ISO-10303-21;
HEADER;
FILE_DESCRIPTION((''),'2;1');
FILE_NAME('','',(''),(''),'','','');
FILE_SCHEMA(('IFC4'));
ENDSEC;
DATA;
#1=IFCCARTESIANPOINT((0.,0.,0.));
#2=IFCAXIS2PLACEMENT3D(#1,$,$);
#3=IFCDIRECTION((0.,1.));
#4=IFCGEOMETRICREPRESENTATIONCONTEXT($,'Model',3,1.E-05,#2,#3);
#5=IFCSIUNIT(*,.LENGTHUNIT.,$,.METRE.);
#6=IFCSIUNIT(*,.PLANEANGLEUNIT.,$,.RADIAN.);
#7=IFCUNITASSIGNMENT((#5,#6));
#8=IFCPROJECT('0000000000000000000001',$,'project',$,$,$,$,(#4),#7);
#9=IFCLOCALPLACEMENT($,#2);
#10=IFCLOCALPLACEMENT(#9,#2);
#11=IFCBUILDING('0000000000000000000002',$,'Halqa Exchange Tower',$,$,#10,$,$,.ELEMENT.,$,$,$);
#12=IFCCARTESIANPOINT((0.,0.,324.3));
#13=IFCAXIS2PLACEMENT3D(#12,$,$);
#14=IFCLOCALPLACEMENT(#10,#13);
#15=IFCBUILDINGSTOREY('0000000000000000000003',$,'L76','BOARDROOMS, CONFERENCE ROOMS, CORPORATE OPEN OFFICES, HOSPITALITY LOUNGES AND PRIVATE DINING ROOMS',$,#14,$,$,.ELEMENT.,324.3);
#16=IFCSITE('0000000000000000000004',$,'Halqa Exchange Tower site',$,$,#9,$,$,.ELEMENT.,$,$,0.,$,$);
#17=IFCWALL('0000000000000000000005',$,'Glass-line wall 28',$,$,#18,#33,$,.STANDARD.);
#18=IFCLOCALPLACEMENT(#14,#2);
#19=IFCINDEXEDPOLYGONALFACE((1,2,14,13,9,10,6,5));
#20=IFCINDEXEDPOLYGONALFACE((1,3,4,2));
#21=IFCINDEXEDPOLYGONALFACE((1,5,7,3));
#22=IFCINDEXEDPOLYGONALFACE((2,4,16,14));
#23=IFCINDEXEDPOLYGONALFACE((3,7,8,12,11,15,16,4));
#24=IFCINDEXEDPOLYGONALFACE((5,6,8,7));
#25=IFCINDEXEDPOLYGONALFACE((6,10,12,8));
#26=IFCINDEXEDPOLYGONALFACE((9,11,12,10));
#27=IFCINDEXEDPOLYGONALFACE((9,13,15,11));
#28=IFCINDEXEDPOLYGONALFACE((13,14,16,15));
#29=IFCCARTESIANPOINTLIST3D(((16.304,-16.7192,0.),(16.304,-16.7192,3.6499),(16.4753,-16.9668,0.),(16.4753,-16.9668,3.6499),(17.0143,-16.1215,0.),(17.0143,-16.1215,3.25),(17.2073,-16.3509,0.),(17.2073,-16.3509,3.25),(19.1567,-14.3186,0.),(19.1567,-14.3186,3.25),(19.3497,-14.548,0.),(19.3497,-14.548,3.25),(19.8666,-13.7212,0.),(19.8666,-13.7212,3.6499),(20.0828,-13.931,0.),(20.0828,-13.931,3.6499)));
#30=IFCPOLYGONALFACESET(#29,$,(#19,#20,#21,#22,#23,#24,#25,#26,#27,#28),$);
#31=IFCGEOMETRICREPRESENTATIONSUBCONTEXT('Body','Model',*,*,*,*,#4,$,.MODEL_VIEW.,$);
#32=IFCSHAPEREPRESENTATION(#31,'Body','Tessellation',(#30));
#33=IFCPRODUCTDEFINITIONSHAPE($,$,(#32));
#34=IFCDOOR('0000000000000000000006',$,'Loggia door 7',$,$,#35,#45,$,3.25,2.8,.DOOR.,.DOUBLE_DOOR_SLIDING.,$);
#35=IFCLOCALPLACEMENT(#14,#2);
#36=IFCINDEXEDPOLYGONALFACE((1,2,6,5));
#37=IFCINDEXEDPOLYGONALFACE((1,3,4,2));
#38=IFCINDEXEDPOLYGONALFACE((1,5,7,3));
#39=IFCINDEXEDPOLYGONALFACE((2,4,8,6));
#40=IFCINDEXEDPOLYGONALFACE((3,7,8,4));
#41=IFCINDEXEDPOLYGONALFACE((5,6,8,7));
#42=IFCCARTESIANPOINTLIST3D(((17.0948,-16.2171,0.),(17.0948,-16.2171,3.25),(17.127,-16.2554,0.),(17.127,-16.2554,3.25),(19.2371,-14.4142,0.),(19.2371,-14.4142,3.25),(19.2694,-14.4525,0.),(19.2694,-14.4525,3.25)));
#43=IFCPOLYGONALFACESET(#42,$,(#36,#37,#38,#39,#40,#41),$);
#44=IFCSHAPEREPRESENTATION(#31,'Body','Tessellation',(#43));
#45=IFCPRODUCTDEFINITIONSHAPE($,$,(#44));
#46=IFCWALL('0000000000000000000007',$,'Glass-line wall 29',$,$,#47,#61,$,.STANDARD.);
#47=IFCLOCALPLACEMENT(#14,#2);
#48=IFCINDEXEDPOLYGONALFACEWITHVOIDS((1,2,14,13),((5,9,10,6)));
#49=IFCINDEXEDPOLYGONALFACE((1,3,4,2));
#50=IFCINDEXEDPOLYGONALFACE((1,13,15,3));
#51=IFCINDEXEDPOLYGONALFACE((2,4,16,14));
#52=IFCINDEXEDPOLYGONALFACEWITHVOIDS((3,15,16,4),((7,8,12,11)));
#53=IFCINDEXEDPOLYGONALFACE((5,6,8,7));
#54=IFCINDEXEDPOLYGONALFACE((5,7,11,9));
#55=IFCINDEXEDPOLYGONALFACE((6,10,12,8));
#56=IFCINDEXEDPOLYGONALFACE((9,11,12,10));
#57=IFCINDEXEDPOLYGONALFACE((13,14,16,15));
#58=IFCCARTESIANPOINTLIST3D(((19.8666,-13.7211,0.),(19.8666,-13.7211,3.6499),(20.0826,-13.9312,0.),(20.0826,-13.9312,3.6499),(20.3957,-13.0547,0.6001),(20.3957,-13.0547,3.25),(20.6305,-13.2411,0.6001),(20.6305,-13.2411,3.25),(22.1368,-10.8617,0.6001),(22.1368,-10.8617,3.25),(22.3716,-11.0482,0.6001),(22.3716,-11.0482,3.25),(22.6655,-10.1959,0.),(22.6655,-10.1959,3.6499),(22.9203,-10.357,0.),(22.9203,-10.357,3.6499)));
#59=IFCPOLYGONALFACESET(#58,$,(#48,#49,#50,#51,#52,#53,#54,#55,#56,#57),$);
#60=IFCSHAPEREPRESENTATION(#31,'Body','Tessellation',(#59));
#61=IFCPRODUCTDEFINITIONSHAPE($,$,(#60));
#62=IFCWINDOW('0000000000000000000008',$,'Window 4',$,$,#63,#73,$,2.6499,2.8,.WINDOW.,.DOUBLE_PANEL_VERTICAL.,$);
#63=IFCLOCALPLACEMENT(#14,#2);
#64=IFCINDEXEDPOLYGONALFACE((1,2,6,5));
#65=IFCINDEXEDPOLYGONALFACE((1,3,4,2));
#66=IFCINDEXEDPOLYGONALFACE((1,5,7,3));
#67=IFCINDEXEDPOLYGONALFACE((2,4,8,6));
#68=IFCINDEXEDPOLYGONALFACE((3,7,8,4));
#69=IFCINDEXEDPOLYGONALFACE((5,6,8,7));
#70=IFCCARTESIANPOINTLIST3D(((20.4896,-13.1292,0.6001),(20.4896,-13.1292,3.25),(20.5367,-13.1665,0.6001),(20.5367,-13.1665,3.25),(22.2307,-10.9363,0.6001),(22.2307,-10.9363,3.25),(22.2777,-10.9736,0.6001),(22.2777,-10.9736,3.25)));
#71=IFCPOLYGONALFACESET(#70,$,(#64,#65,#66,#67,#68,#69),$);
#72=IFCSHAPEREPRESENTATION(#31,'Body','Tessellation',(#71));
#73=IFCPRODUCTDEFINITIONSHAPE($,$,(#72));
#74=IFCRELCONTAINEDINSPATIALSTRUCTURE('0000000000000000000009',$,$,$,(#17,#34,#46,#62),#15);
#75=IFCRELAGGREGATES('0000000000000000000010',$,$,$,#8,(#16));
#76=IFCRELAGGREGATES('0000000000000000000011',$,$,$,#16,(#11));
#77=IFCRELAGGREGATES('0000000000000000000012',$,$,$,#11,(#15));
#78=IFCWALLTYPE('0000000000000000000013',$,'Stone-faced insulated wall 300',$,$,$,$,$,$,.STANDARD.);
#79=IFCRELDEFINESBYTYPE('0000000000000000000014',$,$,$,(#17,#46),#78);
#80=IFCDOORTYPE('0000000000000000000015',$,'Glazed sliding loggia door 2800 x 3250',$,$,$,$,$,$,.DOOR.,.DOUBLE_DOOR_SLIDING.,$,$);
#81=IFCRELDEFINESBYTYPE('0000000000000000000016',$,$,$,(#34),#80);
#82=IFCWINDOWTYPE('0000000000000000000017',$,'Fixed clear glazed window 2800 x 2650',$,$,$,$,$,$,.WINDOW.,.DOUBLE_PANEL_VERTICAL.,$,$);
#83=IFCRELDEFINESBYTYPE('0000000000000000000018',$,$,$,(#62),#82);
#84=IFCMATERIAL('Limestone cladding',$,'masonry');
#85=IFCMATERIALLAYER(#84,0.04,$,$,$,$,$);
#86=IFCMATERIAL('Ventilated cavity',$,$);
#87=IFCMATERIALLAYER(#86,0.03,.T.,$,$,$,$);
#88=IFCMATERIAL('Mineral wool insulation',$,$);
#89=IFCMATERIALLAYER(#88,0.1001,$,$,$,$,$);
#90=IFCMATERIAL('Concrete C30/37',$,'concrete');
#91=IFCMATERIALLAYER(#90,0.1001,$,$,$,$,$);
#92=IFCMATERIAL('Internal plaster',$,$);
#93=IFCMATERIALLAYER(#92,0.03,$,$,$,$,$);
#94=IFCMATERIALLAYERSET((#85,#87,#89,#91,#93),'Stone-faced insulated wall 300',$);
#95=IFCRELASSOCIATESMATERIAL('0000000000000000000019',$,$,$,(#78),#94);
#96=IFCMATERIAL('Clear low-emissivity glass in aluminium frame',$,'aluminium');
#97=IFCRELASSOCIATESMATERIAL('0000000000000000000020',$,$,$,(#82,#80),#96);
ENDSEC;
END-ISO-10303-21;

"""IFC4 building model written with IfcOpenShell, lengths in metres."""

from ifc_helpers import new_model, si_unit, direction, frame, frame_2d, origin, place, context, subcontext, project, spatial, polyline, rectangle, outline, extrude, material, layer, layer_set, type_object, element, fill, save


model = new_model("IFC4")

# Units and contexts
model_context = context("Model", 3, precision=1e-05, world=origin(), true_north=direction((0.0, 1.0)))
body_context = subcontext(model_context, "Body", "Model", "MODEL_VIEW")
ifc_project = project(units=[si_unit("LENGTHUNIT", "METRE"), si_unit("PLANEANGLEUNIT", "RADIAN")], contexts=[model_context])

# Site, building, storey
site_placement = place(None, origin())
site = spatial("IfcSite", under=ifc_project, at=site_placement, Name="Halqa Exchange Tower site", CompositionType="ELEMENT", RefElevation=0.0)
building_placement = place(site_placement, origin())
building = spatial("IfcBuilding", under=site, at=building_placement, Name="Halqa Exchange Tower", CompositionType="ELEMENT")
storey_placement = place(building_placement, frame((0.0, 0.0, 324.3)))
storey = spatial("IfcBuildingStorey", under=building, at=storey_placement, Name="L76", Description="BOARDROOMS, CONFERENCE ROOMS, CORPORATE OPEN OFFICES, HOSPITALITY LOUNGES AND PRIVATE DINING ROOMS", CompositionType="ELEMENT", Elevation=324.3)

# Shared definitions
ifc_material_1 = material(Name="Limestone cladding", Category="masonry")
ifc_layer_1 = layer(ifc_material_1, 0.04)
ifc_material_2 = material(Name="Ventilated cavity")
ifc_layer_2 = layer(ifc_material_2, 0.03, ventilated=True)
ifc_material_3 = material(Name="Mineral wool insulation")
ifc_layer_3 = layer(ifc_material_3, 0.1001)
ifc_material_4 = material(Name="Concrete C30/37", Category="concrete")
ifc_layer_4 = layer(ifc_material_4, 0.1001)
ifc_material_5 = material(Name="Internal plaster")
ifc_layer_5 = layer(ifc_material_5, 0.03)
ifc_layer_set_1 = layer_set([ifc_layer_1, ifc_layer_2, ifc_layer_3, ifc_layer_4, ifc_layer_5], Name="Stone-faced insulated wall 300")
wall_type_1 = type_object("IfcWallType", Name="Stone-faced insulated wall 300", PredefinedType="STANDARD", material=ifc_layer_set_1)
ifc_material_6 = material(Name="Clear low-emissivity glass in aluminium frame", Category="aluminium")
window_type = type_object("IfcWindowType", Name="Fixed clear glazed window 2800 x 2650", PartitioningType="DOUBLE_PANEL_VERTICAL", PredefinedType="WINDOW", material=ifc_material_6)

# Wall, opening, door
wall_1_placement = place(storey_placement, frame((16.3896, -16.843, 0.0), z_axis=(0.0, 0.0, 1.0), x_axis=(0.765129, 0.643877, 0.0)))
wall_1 = element("IfcWall", 1, at=wall_1_placement, inside=storey, type_object=wall_type_1, Name="Glass-line wall 28", PredefinedType="STANDARD", context=body_context, shape_type="SweptSolid", body=[
    extrude(outline(polyline([(-0.0142, -0.1499), (4.7007, -0.1499), (4.6704, 0.1499), (0.0142, 0.1499), (-0.0142, -0.1499)])), origin(), (0.0, 0.0, 1.0), 3.6499),
])
opening_1_placement = place(wall_1_placement, frame((0.9426, 0.0, 0.0)))
opening_1 = element("IfcOpeningElement", 2, at=opening_1_placement, cuts=wall_1, PredefinedType="OPENING", context=body_context, shape_type="SweptSolid", body=[
    extrude(rectangle(XDim=2.8, YDim=3.25, at=frame_2d((1.3999, 1.625))), frame((0.0, 0.1621, 0.0), z_axis=(0.0, -1.0, 0.0), x_axis=(1.0, 0.0, 0.0)), (0.0, 0.0, 1.0), 0.324),
])
door_type_1 = type_object("IfcDoorType", Name="Glazed sliding loggia door 2800 x 3250", OperationType="DOUBLE_DOOR_SLIDING", PredefinedType="DOOR", material=ifc_material_6)
door_1_placement = place(opening_1_placement, origin())
door_1 = element("IfcDoor", 3, at=door_1_placement, inside=storey, type_object=door_type_1, Name="Loggia door 7", OperationType="DOUBLE_DOOR_SLIDING", OverallHeight=3.25, OverallWidth=2.8, PredefinedType="DOOR", context=body_context, shape_type="SweptSolid", body=[
    extrude(rectangle(XDim=2.8, YDim=3.25, at=frame_2d((1.3999, 1.625))), frame((0.0, 0.0249, 0.0), z_axis=(0.0, -1.0, 0.0), x_axis=(1.0, 0.0, 0.0)), (0.0, 0.0, 1.0), 0.05),
])
fill(opening_1, door_1)

# Wall, opening, window
wall_2_placement = place(storey_placement, frame((19.9746, -13.8262, 0.0), z_axis=(0.0, 0.0, 1.0), x_axis=(0.621801, 0.783176, 0.0)))
wall_2 = element("IfcWall", 4, at=wall_2_placement, inside=storey, type_object=wall_type_1, Name="Glass-line wall 29", PredefinedType="STANDARD", context=body_context, shape_type="SweptSolid", body=[
    extrude(outline(polyline([(-0.0151, -0.1499), (4.5486, -0.1499), (4.5164, 0.1499), (0.0151, 0.1499), (-0.0151, -0.1499)])), origin(), (0.0, 0.0, 1.0), 3.6499),
])
opening_2_placement = place(wall_2_placement, frame((0.8662, 0.0, 0.6001)))
opening_2 = element("IfcOpeningElement", 5, at=opening_2_placement, cuts=wall_2, PredefinedType="OPENING", context=body_context, shape_type="SweptSolid", body=[
    extrude(rectangle(XDim=2.8, YDim=2.6499, at=frame_2d((1.3999, 1.325))), frame((0.0, 0.1621, 0.0), z_axis=(0.0, -1.0, 0.0), x_axis=(1.0, 0.0, 0.0)), (0.0, 0.0, 1.0), 0.324),
])
window_1_placement = place(opening_2_placement, origin())
window_1 = element("IfcWindow", 6, at=window_1_placement, inside=storey, type_object=window_type, Name="Window 4", OverallHeight=2.6499, OverallWidth=2.8, PartitioningType="DOUBLE_PANEL_VERTICAL", PredefinedType="WINDOW", context=body_context, shape_type="SweptSolid", body=[
    extrude(rectangle(XDim=2.8, YDim=2.6499, at=frame_2d((1.3999, 1.325))), frame((0.0, 0.03, 0.0), z_axis=(0.0, -1.0, 0.0), x_axis=(1.0, 0.0, 0.0)), (0.0, 0.0, 1.0), 0.0601),
])
fill(opening_2, window_1)

save(model, "model.ifc")
